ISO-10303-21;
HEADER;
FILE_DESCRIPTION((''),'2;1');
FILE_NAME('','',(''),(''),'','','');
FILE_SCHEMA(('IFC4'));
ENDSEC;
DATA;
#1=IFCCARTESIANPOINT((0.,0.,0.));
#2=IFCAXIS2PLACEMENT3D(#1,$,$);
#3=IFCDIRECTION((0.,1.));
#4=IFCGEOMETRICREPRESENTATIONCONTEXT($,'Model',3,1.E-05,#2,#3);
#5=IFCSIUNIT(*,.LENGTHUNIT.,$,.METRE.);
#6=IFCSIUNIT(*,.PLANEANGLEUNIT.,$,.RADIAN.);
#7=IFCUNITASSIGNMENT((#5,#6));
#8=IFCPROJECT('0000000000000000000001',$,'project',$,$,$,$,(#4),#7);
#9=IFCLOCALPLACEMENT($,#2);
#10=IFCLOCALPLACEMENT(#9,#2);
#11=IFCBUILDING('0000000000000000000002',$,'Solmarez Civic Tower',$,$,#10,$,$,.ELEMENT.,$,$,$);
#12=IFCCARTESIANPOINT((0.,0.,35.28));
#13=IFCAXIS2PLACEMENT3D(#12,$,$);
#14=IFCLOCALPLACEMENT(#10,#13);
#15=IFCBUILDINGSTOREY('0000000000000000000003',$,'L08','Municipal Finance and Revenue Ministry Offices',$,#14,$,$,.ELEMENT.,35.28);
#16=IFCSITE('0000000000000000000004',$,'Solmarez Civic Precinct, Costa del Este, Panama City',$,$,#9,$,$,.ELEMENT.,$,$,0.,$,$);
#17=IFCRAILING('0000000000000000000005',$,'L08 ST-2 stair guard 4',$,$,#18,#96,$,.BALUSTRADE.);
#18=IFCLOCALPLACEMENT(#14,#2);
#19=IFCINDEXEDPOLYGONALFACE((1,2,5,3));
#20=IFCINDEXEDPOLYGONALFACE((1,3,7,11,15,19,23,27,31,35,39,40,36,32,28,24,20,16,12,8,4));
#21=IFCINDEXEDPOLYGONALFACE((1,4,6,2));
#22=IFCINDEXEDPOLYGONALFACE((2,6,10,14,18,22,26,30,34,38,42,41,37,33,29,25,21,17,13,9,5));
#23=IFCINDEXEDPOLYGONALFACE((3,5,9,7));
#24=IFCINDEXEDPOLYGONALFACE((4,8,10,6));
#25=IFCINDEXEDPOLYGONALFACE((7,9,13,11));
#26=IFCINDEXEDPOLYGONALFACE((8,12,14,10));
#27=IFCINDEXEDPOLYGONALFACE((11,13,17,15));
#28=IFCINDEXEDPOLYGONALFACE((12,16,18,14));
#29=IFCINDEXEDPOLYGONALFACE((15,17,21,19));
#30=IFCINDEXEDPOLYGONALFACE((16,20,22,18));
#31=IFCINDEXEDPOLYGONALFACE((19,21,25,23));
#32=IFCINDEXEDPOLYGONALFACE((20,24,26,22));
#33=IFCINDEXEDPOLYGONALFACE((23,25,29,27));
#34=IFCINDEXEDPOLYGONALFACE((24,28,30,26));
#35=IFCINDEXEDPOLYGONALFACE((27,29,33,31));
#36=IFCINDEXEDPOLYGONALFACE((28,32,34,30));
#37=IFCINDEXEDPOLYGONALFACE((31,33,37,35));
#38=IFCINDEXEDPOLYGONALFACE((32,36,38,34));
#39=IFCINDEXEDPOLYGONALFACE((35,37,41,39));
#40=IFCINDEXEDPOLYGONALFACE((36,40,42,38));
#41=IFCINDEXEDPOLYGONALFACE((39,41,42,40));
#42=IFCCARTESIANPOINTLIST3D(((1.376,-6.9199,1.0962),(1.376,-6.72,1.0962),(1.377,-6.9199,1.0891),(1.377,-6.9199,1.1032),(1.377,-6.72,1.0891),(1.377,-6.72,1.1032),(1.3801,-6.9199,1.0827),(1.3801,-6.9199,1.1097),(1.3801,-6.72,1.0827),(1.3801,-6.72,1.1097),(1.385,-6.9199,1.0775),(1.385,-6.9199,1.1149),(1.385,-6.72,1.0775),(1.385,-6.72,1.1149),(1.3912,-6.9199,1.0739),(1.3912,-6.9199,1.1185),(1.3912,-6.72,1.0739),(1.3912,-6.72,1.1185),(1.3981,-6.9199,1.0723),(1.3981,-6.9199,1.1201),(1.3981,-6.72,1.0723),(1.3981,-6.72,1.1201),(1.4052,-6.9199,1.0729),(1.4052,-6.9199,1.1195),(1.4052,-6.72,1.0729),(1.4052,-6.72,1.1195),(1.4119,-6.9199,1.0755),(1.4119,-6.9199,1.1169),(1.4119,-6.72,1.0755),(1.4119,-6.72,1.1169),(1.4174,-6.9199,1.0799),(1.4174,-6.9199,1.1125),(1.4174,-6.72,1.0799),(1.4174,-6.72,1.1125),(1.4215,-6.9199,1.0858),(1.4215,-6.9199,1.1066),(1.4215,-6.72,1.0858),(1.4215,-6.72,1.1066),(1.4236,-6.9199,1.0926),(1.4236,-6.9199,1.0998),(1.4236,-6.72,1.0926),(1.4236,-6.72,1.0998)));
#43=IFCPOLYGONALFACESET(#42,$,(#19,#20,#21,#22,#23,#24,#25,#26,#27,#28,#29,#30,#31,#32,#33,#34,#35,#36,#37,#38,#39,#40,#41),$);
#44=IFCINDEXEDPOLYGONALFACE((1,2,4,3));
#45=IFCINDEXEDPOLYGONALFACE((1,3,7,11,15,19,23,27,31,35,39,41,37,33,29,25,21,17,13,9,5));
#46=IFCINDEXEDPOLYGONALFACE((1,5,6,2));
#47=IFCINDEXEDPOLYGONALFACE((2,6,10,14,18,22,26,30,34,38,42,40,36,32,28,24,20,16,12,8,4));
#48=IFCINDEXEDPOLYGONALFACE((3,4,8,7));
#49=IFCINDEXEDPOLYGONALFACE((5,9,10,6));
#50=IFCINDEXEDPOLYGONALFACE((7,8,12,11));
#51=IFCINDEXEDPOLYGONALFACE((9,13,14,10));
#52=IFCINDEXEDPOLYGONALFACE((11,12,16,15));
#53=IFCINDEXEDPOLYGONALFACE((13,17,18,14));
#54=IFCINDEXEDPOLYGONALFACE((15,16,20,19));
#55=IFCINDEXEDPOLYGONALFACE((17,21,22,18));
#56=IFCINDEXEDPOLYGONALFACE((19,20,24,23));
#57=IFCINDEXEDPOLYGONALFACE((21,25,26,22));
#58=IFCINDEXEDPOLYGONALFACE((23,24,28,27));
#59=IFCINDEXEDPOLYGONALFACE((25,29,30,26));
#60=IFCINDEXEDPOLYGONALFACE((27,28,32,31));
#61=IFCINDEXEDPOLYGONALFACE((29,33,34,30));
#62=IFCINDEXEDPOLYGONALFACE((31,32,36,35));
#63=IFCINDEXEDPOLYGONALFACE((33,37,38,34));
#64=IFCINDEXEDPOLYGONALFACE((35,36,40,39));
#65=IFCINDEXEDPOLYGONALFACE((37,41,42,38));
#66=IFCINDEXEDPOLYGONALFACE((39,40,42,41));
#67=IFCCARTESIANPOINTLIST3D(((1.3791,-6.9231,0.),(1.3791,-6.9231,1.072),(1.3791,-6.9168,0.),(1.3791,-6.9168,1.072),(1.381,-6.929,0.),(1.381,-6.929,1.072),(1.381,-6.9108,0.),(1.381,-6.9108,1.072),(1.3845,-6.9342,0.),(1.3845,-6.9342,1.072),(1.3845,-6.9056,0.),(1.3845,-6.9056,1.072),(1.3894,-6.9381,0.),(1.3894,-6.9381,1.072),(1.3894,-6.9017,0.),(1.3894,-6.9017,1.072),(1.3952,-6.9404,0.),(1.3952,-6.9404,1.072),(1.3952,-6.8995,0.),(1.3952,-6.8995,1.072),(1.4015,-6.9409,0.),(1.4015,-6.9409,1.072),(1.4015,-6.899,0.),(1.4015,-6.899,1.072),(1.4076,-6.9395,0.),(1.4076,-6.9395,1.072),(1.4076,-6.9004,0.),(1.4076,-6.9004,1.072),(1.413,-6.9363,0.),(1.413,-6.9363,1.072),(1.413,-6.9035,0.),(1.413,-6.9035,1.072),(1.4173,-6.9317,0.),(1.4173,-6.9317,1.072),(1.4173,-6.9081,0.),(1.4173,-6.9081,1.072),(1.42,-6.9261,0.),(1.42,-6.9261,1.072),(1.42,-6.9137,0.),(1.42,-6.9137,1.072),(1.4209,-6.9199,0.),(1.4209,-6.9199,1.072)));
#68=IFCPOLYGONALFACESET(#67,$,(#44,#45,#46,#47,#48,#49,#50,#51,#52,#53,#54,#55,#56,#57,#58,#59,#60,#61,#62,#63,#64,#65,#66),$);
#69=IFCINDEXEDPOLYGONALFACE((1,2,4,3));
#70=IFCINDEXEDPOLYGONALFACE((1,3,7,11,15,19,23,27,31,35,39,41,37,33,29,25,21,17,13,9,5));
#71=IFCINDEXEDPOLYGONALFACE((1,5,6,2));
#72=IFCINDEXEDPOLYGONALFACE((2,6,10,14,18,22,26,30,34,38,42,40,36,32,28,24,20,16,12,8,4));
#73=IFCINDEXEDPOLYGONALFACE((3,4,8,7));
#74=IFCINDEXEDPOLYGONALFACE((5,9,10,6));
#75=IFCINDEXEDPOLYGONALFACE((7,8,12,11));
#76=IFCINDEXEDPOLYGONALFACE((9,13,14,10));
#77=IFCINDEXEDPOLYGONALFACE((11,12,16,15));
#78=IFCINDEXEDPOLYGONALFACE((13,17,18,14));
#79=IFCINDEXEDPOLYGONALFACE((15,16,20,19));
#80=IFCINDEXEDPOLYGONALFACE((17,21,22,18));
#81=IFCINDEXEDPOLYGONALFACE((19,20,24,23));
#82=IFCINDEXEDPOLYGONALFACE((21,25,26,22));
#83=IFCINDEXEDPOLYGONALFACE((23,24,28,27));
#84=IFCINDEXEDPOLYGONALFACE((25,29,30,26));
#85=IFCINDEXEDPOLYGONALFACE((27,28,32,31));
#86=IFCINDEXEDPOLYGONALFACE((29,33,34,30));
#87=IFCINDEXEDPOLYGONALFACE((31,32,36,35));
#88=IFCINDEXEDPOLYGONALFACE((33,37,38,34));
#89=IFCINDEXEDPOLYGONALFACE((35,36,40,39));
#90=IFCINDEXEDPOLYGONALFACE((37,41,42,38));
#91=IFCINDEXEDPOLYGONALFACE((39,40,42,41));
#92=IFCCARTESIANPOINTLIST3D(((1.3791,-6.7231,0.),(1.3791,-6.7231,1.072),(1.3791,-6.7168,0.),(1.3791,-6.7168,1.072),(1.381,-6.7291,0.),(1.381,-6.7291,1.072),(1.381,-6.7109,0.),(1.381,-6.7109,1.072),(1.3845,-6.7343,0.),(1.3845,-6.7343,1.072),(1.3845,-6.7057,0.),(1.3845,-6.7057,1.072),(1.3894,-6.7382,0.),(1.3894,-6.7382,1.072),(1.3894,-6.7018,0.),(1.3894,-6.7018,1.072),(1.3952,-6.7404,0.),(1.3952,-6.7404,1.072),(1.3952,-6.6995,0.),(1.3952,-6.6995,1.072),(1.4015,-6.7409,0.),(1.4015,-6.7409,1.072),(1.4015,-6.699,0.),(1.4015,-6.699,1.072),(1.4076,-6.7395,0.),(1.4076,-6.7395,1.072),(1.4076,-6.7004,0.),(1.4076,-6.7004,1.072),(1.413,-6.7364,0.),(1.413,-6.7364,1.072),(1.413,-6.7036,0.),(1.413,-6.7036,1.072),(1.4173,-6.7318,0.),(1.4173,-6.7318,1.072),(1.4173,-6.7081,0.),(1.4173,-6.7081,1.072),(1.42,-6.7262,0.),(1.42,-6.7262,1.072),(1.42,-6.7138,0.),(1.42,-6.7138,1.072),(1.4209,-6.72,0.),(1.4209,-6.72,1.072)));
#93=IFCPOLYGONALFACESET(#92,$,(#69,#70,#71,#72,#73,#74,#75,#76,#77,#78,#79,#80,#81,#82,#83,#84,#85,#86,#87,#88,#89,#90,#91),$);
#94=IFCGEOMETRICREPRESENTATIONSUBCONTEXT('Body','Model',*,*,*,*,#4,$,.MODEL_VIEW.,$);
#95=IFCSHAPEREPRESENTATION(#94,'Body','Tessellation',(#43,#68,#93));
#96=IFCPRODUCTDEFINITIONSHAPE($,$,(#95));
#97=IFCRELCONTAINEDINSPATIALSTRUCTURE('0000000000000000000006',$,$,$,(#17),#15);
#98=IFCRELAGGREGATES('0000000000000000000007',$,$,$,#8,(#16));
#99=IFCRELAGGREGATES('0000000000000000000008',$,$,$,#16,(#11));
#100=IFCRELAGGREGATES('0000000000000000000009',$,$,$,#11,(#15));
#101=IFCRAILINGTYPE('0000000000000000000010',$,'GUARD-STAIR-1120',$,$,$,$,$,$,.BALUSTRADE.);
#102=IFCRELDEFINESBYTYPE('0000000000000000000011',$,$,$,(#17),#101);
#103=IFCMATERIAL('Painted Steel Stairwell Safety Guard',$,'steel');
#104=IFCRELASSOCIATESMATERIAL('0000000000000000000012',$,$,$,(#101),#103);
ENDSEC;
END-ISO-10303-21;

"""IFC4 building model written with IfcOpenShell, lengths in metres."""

from ifc_helpers import new_model, si_unit, direction, frame, origin, origin_2d, place, context, subcontext, project, spatial, circle, extrude, material, type_object, element, save


model = new_model("IFC4")

# Units and contexts
model_context = context("Model", 3, precision=1e-05, world=origin(), true_north=direction((0.0, 1.0)))
body_context = subcontext(model_context, "Body", "Model", "MODEL_VIEW")
ifc_project = project(units=[si_unit("LENGTHUNIT", "METRE"), si_unit("PLANEANGLEUNIT", "RADIAN")], contexts=[model_context])

# Site, building, storey
site_placement = place(None, origin())
site = spatial("IfcSite", under=ifc_project, at=site_placement, Name="Solmarez Civic Precinct, Costa del Este, Panama City", CompositionType="ELEMENT", RefElevation=0.0)
building_placement = place(site_placement, origin())
building = spatial("IfcBuilding", under=site, at=building_placement, Name="Solmarez Civic Tower", CompositionType="ELEMENT")
storey_placement = place(building_placement, frame((0.0, 0.0, 35.28)))
storey = spatial("IfcBuildingStorey", under=building, at=storey_placement, Name="L08", Description="Municipal Finance and Revenue Ministry Offices", CompositionType="ELEMENT", Elevation=35.28)

# Railing
ifc_material_1 = material(Name="Painted Steel Stairwell Safety Guard", Category="steel")
railing_type_1 = type_object("IfcRailingType", Name="GUARD-STAIR-1120", PredefinedType="BALUSTRADE", material=ifc_material_1)
railing_1_placement = place(storey_placement, frame((1.3999, -6.9199, 0.0)))
element("IfcRailing", 1, at=railing_1_placement, inside=storey, type_object=railing_type_1, Name="L08 ST-2 stair guard 4", PredefinedType="BALUSTRADE", context=body_context, shape_type="SweptSolid", body=[
    extrude(circle(Radius=0.0239, at=origin_2d()), frame((0.0, 0.0, 1.0962), z_axis=(0.0, 1.0, 0.0), x_axis=(-1.0, 0.0, 0.0)), (0.0, 0.0, 1.0), 0.2),
    extrude(circle(Radius=0.021, at=origin_2d()), origin(), (0.0, 0.0, 1.0), 1.072),
    extrude(circle(Radius=0.021, at=origin_2d()), frame((0.0, 0.2, 0.0)), (0.0, 0.0, 1.0), 1.072),
])

save(model, "model.ifc")
